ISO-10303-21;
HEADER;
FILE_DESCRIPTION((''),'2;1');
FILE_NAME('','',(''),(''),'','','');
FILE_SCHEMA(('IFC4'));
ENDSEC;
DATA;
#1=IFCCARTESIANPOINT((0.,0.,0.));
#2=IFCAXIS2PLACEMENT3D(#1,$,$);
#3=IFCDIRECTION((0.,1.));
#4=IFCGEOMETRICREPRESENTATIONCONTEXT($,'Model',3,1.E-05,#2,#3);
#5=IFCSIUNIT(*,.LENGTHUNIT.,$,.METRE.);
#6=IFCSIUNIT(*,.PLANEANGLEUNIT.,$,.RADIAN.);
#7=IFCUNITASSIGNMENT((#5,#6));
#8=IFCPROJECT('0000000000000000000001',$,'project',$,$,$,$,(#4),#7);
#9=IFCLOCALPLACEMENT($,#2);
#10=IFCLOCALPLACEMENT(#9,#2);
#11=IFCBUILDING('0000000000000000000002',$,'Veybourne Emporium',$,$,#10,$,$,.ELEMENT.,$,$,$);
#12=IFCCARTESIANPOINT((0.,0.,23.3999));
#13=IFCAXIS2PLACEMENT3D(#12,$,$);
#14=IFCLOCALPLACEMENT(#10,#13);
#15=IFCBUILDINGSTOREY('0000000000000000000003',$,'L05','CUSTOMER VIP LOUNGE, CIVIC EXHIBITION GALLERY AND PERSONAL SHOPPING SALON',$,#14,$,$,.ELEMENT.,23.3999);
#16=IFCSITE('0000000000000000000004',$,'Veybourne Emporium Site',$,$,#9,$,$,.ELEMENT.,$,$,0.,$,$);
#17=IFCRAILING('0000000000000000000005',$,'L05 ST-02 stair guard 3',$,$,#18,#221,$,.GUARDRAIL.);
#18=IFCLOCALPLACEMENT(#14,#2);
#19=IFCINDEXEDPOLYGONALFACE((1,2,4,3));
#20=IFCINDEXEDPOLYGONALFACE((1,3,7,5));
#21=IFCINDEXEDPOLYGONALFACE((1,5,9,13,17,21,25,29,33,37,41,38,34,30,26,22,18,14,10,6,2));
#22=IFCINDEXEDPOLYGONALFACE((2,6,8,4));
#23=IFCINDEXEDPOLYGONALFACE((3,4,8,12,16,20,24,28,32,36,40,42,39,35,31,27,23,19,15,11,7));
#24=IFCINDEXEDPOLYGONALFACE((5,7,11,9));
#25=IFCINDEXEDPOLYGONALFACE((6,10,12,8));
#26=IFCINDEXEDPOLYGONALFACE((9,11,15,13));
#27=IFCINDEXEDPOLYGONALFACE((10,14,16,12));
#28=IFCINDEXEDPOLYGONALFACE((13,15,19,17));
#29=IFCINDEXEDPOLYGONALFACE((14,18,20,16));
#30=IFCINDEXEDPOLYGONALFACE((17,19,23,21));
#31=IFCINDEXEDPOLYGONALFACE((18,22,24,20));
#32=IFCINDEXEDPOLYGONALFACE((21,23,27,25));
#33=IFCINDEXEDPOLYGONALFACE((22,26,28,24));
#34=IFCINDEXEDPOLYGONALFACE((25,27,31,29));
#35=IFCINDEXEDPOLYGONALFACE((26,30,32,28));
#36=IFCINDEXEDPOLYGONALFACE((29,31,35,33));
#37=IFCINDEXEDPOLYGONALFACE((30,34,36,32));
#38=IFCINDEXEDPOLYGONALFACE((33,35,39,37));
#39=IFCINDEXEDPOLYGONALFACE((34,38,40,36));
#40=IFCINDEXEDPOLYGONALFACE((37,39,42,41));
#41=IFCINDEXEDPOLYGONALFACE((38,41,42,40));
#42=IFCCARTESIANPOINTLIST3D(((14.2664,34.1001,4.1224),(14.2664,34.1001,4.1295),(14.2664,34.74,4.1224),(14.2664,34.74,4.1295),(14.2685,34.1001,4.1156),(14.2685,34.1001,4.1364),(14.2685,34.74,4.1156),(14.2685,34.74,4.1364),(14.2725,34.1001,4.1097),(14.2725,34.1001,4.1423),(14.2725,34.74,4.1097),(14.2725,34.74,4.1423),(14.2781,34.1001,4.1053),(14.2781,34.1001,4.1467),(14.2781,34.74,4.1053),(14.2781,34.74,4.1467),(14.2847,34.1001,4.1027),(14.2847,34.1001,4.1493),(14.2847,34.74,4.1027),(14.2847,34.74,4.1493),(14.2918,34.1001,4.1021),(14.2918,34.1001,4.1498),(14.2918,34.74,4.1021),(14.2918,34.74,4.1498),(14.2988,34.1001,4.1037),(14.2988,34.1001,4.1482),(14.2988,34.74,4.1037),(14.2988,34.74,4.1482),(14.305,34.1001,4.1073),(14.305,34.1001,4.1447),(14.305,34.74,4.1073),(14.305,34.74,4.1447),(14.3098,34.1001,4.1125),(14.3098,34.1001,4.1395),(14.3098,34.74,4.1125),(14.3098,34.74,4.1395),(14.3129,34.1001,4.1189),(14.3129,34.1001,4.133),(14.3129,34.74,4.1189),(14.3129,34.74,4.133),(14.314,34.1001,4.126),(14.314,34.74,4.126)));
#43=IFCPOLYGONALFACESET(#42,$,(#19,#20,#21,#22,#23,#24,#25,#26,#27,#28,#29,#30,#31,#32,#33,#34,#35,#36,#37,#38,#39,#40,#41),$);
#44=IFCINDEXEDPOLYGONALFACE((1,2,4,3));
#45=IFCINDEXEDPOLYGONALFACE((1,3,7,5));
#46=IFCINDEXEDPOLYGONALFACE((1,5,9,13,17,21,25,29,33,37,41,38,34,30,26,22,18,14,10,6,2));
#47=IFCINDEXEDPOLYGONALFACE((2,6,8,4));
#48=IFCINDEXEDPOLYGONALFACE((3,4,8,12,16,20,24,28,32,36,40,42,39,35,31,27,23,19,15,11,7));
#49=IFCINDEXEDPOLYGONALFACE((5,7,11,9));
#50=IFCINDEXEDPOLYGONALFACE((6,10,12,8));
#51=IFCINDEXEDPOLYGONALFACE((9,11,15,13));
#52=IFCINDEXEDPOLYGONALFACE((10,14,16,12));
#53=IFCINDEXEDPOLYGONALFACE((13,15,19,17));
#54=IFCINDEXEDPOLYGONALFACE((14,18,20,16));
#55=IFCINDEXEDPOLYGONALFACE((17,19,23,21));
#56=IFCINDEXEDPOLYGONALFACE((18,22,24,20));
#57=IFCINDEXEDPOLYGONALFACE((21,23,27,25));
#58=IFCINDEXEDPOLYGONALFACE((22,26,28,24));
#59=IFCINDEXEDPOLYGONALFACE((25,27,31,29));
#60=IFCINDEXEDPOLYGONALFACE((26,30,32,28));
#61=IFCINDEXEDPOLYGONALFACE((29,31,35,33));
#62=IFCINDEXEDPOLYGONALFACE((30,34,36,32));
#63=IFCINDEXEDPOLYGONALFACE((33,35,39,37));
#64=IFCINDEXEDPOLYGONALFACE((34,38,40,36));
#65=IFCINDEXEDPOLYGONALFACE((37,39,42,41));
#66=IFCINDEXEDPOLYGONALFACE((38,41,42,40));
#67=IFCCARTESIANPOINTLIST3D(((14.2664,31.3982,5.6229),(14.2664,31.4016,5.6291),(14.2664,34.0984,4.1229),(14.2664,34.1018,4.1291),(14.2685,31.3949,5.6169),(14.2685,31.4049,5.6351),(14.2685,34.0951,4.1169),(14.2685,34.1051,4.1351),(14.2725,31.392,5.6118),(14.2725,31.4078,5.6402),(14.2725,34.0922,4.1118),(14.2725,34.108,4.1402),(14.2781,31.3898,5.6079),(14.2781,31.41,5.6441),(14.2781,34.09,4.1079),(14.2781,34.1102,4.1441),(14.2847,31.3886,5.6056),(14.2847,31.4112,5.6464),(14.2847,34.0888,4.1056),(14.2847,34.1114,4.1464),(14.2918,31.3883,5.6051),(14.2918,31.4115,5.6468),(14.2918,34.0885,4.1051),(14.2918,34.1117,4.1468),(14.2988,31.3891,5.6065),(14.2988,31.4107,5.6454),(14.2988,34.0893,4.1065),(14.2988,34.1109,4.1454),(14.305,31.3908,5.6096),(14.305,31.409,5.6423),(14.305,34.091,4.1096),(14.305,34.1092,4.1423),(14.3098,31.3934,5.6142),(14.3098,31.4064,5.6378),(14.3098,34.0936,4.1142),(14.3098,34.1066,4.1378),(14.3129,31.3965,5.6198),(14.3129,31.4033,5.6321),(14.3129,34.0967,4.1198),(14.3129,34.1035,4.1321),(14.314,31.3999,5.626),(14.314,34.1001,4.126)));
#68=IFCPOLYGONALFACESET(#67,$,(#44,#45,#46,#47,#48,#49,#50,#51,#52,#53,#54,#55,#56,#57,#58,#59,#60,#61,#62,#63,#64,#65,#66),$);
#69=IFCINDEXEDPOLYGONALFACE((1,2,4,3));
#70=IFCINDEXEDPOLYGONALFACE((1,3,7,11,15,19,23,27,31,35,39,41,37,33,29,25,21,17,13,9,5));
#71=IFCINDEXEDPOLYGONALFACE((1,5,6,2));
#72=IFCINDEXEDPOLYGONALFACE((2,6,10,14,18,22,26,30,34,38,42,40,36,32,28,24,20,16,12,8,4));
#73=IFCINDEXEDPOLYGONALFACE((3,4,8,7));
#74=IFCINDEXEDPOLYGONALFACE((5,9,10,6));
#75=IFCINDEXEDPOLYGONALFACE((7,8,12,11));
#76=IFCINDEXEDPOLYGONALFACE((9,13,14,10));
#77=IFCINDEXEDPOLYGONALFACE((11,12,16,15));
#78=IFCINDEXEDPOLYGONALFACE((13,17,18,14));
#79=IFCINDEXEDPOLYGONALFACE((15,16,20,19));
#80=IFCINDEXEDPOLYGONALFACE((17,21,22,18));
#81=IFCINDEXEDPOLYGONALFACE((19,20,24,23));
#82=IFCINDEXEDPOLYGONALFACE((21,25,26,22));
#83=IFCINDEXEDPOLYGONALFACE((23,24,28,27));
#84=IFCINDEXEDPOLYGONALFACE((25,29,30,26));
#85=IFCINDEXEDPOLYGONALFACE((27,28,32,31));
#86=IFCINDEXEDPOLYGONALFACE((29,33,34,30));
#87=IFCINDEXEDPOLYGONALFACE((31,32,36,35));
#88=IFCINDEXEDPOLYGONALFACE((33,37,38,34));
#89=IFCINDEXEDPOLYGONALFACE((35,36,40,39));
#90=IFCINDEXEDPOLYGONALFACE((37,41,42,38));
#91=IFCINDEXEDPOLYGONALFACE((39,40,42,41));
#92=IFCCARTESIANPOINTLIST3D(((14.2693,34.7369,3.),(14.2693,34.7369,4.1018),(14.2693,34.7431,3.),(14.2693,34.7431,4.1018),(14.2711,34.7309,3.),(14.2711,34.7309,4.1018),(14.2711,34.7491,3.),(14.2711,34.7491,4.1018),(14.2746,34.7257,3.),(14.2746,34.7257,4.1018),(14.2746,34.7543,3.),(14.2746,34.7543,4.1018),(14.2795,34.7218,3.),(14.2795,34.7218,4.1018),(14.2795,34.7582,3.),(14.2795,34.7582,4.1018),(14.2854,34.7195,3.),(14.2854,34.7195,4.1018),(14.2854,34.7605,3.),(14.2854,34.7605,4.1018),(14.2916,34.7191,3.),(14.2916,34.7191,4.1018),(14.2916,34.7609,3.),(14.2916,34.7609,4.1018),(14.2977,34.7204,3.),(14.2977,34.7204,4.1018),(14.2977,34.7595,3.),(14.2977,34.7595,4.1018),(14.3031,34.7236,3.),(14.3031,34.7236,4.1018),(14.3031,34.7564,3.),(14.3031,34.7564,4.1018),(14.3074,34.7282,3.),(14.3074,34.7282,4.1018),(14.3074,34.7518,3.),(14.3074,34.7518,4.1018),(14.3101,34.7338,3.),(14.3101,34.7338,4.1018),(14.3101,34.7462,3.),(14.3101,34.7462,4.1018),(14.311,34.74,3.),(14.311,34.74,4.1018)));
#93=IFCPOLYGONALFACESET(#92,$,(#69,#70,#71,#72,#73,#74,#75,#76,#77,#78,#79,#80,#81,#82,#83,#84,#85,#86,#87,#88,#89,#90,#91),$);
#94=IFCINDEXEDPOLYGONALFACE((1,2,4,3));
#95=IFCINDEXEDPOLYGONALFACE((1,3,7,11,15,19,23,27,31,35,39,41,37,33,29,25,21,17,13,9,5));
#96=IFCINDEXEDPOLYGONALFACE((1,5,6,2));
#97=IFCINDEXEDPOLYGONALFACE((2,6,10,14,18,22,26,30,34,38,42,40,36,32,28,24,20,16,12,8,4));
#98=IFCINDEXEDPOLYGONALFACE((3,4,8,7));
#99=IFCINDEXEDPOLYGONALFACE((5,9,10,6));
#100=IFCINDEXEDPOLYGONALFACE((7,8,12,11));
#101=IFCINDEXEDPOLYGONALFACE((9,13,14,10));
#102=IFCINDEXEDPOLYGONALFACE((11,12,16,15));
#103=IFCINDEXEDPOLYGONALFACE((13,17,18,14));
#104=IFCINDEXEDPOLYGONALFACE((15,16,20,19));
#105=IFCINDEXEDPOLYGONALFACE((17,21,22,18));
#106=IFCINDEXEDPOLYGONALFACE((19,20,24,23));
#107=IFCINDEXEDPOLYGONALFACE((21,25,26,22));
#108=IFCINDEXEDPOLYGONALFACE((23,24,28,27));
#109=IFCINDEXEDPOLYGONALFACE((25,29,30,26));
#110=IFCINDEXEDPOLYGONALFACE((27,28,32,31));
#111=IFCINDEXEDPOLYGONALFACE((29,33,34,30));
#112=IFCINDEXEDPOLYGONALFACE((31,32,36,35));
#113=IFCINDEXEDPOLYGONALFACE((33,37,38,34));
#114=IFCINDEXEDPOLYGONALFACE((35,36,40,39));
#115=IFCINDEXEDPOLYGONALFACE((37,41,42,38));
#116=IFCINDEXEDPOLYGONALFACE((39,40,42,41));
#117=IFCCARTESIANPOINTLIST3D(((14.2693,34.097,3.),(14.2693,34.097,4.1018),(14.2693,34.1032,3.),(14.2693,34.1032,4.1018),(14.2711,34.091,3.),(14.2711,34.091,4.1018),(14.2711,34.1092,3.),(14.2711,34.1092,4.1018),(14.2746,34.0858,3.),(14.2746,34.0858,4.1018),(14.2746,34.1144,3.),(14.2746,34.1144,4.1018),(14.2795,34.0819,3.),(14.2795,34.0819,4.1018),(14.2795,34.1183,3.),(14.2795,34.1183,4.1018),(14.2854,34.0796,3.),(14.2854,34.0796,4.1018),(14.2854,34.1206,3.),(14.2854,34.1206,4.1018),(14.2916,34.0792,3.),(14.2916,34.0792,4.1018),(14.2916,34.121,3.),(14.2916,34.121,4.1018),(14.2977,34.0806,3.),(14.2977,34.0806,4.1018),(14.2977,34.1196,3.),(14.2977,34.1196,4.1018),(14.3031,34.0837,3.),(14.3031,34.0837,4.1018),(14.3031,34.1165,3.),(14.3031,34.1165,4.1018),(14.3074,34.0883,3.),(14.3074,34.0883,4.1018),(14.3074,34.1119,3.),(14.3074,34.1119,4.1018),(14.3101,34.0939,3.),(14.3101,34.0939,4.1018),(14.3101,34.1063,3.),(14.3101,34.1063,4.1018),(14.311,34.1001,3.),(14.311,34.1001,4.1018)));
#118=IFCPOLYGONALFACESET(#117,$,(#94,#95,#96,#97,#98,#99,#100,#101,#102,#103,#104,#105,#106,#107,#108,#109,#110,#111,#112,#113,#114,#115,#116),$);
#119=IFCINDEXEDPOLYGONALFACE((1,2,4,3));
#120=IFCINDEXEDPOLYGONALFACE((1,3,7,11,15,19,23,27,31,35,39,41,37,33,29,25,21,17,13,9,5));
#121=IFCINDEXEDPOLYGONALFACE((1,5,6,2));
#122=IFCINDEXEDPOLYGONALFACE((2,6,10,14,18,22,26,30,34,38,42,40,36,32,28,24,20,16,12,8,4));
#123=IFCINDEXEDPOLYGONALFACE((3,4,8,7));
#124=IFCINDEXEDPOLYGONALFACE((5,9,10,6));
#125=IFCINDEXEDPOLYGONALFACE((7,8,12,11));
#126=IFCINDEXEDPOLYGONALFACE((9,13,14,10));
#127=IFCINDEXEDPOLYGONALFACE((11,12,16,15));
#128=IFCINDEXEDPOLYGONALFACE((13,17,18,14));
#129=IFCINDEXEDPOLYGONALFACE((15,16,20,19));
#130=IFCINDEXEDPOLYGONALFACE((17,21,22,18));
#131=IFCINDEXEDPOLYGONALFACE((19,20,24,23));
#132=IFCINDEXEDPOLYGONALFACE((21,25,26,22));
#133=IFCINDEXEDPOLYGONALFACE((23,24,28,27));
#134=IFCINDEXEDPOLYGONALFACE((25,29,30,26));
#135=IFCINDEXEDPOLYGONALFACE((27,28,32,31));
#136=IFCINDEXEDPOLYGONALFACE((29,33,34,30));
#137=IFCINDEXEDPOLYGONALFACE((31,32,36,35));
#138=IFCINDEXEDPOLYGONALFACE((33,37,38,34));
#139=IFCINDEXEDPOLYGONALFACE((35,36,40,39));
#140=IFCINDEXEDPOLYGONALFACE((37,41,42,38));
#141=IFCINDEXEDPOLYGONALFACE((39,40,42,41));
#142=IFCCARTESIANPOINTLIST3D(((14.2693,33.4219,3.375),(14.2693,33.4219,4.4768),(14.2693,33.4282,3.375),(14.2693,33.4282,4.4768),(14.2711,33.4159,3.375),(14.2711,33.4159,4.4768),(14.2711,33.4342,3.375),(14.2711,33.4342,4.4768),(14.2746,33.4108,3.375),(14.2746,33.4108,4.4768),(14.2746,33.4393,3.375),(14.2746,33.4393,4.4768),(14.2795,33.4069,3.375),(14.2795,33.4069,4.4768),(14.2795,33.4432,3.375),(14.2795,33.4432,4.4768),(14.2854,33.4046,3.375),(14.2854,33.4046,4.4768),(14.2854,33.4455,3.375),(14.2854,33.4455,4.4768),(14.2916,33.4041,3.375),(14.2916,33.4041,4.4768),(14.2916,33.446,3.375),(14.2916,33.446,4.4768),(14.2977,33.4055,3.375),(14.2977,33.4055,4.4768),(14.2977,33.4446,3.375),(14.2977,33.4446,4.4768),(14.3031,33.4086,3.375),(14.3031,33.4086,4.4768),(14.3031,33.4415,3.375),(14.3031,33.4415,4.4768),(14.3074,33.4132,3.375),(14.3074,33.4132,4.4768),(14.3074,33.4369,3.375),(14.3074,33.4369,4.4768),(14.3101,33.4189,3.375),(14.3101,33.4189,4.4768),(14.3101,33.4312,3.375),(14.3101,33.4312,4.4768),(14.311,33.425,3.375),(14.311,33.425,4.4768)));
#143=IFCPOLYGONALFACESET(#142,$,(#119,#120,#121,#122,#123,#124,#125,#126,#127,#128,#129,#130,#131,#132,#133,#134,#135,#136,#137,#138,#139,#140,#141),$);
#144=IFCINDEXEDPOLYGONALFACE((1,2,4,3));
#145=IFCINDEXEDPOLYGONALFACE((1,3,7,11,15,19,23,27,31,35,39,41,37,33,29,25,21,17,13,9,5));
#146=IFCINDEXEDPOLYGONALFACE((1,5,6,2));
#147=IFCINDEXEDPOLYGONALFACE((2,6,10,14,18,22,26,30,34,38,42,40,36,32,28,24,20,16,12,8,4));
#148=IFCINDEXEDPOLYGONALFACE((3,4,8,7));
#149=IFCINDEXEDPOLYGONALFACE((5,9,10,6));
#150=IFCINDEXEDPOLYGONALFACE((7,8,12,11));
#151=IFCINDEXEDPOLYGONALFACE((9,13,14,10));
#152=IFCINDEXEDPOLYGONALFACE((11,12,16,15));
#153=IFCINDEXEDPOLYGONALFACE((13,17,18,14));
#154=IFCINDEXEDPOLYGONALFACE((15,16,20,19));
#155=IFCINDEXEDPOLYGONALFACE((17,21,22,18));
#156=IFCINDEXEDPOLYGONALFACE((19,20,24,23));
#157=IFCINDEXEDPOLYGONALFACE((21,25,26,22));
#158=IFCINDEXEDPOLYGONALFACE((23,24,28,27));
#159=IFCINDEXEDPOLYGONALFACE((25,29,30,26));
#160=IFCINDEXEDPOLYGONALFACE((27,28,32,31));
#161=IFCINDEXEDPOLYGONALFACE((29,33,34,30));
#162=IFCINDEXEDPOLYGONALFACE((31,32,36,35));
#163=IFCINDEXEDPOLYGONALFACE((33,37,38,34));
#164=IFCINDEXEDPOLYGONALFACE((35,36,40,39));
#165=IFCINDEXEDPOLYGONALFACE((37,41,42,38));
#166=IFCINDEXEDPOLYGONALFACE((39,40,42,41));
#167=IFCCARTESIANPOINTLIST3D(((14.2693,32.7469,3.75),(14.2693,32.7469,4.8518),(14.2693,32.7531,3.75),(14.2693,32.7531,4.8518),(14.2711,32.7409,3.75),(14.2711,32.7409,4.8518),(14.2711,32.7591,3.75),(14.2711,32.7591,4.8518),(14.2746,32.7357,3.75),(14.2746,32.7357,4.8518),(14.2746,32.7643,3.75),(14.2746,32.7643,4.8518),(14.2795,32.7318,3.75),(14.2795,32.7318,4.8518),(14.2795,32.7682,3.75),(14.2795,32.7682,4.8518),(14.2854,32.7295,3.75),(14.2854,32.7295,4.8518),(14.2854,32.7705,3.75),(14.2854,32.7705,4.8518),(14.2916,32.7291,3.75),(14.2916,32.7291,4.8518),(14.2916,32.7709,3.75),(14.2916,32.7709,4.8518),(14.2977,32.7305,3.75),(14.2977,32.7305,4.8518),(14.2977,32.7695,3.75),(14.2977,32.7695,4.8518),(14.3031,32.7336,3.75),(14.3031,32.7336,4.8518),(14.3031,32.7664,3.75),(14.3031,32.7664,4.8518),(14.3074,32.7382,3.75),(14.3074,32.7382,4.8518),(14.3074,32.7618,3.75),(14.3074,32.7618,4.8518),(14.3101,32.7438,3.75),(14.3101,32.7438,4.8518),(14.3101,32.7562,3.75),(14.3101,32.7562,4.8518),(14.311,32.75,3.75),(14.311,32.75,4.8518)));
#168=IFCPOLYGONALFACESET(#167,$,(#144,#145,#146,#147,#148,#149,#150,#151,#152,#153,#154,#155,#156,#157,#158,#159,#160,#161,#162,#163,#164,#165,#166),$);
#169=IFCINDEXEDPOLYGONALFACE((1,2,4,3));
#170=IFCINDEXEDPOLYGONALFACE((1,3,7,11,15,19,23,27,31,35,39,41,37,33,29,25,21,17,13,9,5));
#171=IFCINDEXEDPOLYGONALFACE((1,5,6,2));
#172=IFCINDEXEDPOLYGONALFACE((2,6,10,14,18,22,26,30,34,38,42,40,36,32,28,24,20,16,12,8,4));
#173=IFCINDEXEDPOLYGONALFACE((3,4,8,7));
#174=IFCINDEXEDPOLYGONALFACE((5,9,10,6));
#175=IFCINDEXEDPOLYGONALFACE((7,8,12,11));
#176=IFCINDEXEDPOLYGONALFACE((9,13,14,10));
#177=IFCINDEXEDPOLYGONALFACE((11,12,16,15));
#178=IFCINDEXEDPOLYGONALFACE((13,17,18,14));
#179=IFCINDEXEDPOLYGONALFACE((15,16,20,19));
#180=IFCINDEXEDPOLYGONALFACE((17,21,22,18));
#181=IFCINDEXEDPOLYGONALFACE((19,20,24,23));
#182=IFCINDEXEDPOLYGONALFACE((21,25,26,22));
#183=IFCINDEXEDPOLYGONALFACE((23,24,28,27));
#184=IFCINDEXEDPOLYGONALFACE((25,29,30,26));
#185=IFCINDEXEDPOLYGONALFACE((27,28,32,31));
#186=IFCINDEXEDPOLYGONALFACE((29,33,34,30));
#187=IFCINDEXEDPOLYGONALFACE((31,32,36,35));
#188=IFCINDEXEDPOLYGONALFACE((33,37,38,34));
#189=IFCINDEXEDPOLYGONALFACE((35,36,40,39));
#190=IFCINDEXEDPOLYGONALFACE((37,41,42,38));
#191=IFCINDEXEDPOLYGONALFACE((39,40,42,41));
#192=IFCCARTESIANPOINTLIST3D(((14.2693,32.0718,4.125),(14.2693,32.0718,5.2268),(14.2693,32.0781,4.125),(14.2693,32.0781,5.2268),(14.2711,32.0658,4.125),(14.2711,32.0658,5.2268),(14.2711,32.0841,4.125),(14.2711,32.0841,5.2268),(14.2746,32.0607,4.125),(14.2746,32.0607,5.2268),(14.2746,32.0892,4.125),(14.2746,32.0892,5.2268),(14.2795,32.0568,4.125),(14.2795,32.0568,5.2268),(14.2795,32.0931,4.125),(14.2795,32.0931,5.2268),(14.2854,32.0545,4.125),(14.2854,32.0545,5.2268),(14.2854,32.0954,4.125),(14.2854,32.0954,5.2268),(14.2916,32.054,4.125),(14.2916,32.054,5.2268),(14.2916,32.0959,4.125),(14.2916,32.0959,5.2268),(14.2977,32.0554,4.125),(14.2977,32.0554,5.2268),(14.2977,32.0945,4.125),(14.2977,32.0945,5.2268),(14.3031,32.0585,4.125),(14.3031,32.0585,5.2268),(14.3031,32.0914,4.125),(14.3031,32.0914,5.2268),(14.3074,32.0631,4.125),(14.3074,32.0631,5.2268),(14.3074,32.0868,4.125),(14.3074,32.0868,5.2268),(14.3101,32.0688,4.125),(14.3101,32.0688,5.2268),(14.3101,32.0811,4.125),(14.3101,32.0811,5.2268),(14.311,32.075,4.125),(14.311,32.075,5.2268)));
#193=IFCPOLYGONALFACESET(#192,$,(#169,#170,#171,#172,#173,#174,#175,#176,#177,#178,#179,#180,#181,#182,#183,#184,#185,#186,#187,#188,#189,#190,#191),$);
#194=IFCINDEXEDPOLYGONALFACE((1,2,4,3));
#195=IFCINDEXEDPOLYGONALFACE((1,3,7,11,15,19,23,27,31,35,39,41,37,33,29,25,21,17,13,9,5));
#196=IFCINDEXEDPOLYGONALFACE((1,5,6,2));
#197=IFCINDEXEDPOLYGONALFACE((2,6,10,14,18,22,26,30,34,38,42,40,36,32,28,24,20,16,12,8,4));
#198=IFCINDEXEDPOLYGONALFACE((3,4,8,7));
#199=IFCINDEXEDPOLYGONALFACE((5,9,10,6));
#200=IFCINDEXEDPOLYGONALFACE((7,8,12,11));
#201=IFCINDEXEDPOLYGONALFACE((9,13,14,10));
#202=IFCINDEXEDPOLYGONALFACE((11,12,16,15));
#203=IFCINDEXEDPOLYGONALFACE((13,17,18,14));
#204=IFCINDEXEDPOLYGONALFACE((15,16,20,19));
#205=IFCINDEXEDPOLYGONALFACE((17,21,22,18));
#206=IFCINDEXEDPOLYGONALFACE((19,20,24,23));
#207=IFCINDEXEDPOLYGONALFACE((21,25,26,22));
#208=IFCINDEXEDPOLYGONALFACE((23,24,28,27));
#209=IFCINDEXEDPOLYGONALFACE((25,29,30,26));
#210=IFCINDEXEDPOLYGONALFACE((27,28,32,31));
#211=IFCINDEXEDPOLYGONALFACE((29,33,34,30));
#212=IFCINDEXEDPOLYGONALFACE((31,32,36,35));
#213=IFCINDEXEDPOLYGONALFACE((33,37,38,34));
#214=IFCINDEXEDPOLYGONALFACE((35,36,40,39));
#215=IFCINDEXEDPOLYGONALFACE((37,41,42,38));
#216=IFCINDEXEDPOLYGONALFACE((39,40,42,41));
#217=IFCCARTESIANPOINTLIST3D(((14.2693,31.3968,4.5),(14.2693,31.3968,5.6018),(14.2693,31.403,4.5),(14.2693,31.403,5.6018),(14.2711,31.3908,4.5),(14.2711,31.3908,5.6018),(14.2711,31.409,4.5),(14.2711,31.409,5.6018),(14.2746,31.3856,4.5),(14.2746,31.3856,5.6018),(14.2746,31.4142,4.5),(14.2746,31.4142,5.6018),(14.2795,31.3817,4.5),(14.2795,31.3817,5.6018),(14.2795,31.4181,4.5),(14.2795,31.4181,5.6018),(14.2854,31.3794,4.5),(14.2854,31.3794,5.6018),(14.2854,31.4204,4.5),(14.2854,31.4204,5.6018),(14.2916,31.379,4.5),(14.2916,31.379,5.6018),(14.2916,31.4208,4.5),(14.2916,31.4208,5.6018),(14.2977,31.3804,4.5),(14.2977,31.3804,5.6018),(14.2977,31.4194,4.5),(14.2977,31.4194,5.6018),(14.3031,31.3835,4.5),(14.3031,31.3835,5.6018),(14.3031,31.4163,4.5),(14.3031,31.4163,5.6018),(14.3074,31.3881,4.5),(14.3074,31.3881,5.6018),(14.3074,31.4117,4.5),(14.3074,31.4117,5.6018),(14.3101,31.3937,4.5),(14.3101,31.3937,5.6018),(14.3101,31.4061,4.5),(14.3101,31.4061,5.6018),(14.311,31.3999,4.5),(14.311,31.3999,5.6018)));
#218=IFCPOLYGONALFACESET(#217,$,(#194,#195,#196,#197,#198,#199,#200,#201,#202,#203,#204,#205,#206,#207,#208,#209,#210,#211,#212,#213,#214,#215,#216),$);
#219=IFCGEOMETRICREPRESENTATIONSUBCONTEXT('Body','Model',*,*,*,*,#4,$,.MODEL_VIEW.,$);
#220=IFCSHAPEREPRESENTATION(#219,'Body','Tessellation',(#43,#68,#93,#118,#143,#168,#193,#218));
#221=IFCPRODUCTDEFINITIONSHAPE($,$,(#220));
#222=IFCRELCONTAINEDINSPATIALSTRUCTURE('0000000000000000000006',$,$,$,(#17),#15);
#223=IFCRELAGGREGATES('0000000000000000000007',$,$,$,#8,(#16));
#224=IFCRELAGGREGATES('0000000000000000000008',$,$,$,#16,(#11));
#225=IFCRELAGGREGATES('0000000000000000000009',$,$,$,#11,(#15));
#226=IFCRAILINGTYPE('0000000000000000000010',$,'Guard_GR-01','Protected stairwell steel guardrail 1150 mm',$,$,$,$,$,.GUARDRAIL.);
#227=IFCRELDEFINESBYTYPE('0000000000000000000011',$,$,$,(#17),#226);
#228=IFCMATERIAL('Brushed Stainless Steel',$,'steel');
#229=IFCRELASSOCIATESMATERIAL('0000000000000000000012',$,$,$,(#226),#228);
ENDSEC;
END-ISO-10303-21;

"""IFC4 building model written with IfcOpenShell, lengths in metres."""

from ifc_helpers import new_model, si_unit, direction, frame, origin, origin_2d, place, context, subcontext, project, spatial, circle, extrude, material, type_object, element, save


model = new_model("IFC4")

# Units and contexts
model_context = context("Model", 3, precision=1e-05, world=origin(), true_north=direction((0.0, 1.0)))
body_context = subcontext(model_context, "Body", "Model", "MODEL_VIEW")
ifc_project = project(units=[si_unit("LENGTHUNIT", "METRE"), si_unit("PLANEANGLEUNIT", "RADIAN")], contexts=[model_context])

# Site, building, storey
site_placement = place(None, origin())
site = spatial("IfcSite", under=ifc_project, at=site_placement, Name="Veybourne Emporium Site", CompositionType="ELEMENT", RefElevation=0.0)
building_placement = place(site_placement, origin())
building = spatial("IfcBuilding", under=site, at=building_placement, Name="Veybourne Emporium", CompositionType="ELEMENT")
storey_placement = place(building_placement, frame((0.0, 0.0, 23.3999)))
storey = spatial("IfcBuildingStorey", under=building, at=storey_placement, Name="L05", Description="CUSTOMER VIP LOUNGE, CIVIC EXHIBITION GALLERY AND PERSONAL SHOPPING SALON", CompositionType="ELEMENT", Elevation=23.3999)

# Railing
ifc_material_1 = material(Name="Brushed Stainless Steel", Category="steel")
railing_type_1 = type_object("IfcRailingType", Name="Guard_GR-01", Description="Protected stairwell steel guardrail 1150 mm", PredefinedType="GUARDRAIL", material=ifc_material_1)
railing_1_placement = place(storey_placement, frame((14.29, 34.74, 3.0)))
element("IfcRailing", 1, at=railing_1_placement, inside=storey, type_object=railing_type_1, Name="L05 ST-02 stair guard 3", PredefinedType="GUARDRAIL", context=body_context, shape_type="SweptSolid", body=[
    extrude(circle(Radius=0.0239, at=origin_2d()), frame((0.0, 0.0, 1.126), z_axis=(0.0, -1.0, 0.0), x_axis=(1.0, 0.0, 0.0)), (0.0, 0.0, 1.0), 0.6399),
    extrude(circle(Radius=0.0239, at=origin_2d()), frame((0.0, -0.6399, 1.126), z_axis=(0.0, -0.874172, 0.485616), x_axis=(1.0, 0.0, 0.0)), (0.0, 0.0, 1.0), 3.0889),
    extrude(circle(Radius=0.021, at=origin_2d()), origin(), (0.0, 0.0, 1.0), 1.1018),
    extrude(circle(Radius=0.021, at=origin_2d()), frame((0.0, -0.6399, 0.0)), (0.0, 0.0, 1.0), 1.1018),
    extrude(circle(Radius=0.021, at=origin_2d()), frame((0.0, -1.3149, 0.375)), (0.0, 0.0, 1.0), 1.1018),
    extrude(circle(Radius=0.021, at=origin_2d()), frame((0.0, -1.99, 0.75)), (0.0, 0.0, 1.0), 1.1018),
    extrude(circle(Radius=0.021, at=origin_2d()), frame((0.0, -2.665, 1.125)), (0.0, 0.0, 1.0), 1.1018),
    extrude(circle(Radius=0.021, at=origin_2d()), frame((0.0, -3.3401, 1.5)), (0.0, 0.0, 1.0), 1.1018),
])

save(model, "model.ifc")
